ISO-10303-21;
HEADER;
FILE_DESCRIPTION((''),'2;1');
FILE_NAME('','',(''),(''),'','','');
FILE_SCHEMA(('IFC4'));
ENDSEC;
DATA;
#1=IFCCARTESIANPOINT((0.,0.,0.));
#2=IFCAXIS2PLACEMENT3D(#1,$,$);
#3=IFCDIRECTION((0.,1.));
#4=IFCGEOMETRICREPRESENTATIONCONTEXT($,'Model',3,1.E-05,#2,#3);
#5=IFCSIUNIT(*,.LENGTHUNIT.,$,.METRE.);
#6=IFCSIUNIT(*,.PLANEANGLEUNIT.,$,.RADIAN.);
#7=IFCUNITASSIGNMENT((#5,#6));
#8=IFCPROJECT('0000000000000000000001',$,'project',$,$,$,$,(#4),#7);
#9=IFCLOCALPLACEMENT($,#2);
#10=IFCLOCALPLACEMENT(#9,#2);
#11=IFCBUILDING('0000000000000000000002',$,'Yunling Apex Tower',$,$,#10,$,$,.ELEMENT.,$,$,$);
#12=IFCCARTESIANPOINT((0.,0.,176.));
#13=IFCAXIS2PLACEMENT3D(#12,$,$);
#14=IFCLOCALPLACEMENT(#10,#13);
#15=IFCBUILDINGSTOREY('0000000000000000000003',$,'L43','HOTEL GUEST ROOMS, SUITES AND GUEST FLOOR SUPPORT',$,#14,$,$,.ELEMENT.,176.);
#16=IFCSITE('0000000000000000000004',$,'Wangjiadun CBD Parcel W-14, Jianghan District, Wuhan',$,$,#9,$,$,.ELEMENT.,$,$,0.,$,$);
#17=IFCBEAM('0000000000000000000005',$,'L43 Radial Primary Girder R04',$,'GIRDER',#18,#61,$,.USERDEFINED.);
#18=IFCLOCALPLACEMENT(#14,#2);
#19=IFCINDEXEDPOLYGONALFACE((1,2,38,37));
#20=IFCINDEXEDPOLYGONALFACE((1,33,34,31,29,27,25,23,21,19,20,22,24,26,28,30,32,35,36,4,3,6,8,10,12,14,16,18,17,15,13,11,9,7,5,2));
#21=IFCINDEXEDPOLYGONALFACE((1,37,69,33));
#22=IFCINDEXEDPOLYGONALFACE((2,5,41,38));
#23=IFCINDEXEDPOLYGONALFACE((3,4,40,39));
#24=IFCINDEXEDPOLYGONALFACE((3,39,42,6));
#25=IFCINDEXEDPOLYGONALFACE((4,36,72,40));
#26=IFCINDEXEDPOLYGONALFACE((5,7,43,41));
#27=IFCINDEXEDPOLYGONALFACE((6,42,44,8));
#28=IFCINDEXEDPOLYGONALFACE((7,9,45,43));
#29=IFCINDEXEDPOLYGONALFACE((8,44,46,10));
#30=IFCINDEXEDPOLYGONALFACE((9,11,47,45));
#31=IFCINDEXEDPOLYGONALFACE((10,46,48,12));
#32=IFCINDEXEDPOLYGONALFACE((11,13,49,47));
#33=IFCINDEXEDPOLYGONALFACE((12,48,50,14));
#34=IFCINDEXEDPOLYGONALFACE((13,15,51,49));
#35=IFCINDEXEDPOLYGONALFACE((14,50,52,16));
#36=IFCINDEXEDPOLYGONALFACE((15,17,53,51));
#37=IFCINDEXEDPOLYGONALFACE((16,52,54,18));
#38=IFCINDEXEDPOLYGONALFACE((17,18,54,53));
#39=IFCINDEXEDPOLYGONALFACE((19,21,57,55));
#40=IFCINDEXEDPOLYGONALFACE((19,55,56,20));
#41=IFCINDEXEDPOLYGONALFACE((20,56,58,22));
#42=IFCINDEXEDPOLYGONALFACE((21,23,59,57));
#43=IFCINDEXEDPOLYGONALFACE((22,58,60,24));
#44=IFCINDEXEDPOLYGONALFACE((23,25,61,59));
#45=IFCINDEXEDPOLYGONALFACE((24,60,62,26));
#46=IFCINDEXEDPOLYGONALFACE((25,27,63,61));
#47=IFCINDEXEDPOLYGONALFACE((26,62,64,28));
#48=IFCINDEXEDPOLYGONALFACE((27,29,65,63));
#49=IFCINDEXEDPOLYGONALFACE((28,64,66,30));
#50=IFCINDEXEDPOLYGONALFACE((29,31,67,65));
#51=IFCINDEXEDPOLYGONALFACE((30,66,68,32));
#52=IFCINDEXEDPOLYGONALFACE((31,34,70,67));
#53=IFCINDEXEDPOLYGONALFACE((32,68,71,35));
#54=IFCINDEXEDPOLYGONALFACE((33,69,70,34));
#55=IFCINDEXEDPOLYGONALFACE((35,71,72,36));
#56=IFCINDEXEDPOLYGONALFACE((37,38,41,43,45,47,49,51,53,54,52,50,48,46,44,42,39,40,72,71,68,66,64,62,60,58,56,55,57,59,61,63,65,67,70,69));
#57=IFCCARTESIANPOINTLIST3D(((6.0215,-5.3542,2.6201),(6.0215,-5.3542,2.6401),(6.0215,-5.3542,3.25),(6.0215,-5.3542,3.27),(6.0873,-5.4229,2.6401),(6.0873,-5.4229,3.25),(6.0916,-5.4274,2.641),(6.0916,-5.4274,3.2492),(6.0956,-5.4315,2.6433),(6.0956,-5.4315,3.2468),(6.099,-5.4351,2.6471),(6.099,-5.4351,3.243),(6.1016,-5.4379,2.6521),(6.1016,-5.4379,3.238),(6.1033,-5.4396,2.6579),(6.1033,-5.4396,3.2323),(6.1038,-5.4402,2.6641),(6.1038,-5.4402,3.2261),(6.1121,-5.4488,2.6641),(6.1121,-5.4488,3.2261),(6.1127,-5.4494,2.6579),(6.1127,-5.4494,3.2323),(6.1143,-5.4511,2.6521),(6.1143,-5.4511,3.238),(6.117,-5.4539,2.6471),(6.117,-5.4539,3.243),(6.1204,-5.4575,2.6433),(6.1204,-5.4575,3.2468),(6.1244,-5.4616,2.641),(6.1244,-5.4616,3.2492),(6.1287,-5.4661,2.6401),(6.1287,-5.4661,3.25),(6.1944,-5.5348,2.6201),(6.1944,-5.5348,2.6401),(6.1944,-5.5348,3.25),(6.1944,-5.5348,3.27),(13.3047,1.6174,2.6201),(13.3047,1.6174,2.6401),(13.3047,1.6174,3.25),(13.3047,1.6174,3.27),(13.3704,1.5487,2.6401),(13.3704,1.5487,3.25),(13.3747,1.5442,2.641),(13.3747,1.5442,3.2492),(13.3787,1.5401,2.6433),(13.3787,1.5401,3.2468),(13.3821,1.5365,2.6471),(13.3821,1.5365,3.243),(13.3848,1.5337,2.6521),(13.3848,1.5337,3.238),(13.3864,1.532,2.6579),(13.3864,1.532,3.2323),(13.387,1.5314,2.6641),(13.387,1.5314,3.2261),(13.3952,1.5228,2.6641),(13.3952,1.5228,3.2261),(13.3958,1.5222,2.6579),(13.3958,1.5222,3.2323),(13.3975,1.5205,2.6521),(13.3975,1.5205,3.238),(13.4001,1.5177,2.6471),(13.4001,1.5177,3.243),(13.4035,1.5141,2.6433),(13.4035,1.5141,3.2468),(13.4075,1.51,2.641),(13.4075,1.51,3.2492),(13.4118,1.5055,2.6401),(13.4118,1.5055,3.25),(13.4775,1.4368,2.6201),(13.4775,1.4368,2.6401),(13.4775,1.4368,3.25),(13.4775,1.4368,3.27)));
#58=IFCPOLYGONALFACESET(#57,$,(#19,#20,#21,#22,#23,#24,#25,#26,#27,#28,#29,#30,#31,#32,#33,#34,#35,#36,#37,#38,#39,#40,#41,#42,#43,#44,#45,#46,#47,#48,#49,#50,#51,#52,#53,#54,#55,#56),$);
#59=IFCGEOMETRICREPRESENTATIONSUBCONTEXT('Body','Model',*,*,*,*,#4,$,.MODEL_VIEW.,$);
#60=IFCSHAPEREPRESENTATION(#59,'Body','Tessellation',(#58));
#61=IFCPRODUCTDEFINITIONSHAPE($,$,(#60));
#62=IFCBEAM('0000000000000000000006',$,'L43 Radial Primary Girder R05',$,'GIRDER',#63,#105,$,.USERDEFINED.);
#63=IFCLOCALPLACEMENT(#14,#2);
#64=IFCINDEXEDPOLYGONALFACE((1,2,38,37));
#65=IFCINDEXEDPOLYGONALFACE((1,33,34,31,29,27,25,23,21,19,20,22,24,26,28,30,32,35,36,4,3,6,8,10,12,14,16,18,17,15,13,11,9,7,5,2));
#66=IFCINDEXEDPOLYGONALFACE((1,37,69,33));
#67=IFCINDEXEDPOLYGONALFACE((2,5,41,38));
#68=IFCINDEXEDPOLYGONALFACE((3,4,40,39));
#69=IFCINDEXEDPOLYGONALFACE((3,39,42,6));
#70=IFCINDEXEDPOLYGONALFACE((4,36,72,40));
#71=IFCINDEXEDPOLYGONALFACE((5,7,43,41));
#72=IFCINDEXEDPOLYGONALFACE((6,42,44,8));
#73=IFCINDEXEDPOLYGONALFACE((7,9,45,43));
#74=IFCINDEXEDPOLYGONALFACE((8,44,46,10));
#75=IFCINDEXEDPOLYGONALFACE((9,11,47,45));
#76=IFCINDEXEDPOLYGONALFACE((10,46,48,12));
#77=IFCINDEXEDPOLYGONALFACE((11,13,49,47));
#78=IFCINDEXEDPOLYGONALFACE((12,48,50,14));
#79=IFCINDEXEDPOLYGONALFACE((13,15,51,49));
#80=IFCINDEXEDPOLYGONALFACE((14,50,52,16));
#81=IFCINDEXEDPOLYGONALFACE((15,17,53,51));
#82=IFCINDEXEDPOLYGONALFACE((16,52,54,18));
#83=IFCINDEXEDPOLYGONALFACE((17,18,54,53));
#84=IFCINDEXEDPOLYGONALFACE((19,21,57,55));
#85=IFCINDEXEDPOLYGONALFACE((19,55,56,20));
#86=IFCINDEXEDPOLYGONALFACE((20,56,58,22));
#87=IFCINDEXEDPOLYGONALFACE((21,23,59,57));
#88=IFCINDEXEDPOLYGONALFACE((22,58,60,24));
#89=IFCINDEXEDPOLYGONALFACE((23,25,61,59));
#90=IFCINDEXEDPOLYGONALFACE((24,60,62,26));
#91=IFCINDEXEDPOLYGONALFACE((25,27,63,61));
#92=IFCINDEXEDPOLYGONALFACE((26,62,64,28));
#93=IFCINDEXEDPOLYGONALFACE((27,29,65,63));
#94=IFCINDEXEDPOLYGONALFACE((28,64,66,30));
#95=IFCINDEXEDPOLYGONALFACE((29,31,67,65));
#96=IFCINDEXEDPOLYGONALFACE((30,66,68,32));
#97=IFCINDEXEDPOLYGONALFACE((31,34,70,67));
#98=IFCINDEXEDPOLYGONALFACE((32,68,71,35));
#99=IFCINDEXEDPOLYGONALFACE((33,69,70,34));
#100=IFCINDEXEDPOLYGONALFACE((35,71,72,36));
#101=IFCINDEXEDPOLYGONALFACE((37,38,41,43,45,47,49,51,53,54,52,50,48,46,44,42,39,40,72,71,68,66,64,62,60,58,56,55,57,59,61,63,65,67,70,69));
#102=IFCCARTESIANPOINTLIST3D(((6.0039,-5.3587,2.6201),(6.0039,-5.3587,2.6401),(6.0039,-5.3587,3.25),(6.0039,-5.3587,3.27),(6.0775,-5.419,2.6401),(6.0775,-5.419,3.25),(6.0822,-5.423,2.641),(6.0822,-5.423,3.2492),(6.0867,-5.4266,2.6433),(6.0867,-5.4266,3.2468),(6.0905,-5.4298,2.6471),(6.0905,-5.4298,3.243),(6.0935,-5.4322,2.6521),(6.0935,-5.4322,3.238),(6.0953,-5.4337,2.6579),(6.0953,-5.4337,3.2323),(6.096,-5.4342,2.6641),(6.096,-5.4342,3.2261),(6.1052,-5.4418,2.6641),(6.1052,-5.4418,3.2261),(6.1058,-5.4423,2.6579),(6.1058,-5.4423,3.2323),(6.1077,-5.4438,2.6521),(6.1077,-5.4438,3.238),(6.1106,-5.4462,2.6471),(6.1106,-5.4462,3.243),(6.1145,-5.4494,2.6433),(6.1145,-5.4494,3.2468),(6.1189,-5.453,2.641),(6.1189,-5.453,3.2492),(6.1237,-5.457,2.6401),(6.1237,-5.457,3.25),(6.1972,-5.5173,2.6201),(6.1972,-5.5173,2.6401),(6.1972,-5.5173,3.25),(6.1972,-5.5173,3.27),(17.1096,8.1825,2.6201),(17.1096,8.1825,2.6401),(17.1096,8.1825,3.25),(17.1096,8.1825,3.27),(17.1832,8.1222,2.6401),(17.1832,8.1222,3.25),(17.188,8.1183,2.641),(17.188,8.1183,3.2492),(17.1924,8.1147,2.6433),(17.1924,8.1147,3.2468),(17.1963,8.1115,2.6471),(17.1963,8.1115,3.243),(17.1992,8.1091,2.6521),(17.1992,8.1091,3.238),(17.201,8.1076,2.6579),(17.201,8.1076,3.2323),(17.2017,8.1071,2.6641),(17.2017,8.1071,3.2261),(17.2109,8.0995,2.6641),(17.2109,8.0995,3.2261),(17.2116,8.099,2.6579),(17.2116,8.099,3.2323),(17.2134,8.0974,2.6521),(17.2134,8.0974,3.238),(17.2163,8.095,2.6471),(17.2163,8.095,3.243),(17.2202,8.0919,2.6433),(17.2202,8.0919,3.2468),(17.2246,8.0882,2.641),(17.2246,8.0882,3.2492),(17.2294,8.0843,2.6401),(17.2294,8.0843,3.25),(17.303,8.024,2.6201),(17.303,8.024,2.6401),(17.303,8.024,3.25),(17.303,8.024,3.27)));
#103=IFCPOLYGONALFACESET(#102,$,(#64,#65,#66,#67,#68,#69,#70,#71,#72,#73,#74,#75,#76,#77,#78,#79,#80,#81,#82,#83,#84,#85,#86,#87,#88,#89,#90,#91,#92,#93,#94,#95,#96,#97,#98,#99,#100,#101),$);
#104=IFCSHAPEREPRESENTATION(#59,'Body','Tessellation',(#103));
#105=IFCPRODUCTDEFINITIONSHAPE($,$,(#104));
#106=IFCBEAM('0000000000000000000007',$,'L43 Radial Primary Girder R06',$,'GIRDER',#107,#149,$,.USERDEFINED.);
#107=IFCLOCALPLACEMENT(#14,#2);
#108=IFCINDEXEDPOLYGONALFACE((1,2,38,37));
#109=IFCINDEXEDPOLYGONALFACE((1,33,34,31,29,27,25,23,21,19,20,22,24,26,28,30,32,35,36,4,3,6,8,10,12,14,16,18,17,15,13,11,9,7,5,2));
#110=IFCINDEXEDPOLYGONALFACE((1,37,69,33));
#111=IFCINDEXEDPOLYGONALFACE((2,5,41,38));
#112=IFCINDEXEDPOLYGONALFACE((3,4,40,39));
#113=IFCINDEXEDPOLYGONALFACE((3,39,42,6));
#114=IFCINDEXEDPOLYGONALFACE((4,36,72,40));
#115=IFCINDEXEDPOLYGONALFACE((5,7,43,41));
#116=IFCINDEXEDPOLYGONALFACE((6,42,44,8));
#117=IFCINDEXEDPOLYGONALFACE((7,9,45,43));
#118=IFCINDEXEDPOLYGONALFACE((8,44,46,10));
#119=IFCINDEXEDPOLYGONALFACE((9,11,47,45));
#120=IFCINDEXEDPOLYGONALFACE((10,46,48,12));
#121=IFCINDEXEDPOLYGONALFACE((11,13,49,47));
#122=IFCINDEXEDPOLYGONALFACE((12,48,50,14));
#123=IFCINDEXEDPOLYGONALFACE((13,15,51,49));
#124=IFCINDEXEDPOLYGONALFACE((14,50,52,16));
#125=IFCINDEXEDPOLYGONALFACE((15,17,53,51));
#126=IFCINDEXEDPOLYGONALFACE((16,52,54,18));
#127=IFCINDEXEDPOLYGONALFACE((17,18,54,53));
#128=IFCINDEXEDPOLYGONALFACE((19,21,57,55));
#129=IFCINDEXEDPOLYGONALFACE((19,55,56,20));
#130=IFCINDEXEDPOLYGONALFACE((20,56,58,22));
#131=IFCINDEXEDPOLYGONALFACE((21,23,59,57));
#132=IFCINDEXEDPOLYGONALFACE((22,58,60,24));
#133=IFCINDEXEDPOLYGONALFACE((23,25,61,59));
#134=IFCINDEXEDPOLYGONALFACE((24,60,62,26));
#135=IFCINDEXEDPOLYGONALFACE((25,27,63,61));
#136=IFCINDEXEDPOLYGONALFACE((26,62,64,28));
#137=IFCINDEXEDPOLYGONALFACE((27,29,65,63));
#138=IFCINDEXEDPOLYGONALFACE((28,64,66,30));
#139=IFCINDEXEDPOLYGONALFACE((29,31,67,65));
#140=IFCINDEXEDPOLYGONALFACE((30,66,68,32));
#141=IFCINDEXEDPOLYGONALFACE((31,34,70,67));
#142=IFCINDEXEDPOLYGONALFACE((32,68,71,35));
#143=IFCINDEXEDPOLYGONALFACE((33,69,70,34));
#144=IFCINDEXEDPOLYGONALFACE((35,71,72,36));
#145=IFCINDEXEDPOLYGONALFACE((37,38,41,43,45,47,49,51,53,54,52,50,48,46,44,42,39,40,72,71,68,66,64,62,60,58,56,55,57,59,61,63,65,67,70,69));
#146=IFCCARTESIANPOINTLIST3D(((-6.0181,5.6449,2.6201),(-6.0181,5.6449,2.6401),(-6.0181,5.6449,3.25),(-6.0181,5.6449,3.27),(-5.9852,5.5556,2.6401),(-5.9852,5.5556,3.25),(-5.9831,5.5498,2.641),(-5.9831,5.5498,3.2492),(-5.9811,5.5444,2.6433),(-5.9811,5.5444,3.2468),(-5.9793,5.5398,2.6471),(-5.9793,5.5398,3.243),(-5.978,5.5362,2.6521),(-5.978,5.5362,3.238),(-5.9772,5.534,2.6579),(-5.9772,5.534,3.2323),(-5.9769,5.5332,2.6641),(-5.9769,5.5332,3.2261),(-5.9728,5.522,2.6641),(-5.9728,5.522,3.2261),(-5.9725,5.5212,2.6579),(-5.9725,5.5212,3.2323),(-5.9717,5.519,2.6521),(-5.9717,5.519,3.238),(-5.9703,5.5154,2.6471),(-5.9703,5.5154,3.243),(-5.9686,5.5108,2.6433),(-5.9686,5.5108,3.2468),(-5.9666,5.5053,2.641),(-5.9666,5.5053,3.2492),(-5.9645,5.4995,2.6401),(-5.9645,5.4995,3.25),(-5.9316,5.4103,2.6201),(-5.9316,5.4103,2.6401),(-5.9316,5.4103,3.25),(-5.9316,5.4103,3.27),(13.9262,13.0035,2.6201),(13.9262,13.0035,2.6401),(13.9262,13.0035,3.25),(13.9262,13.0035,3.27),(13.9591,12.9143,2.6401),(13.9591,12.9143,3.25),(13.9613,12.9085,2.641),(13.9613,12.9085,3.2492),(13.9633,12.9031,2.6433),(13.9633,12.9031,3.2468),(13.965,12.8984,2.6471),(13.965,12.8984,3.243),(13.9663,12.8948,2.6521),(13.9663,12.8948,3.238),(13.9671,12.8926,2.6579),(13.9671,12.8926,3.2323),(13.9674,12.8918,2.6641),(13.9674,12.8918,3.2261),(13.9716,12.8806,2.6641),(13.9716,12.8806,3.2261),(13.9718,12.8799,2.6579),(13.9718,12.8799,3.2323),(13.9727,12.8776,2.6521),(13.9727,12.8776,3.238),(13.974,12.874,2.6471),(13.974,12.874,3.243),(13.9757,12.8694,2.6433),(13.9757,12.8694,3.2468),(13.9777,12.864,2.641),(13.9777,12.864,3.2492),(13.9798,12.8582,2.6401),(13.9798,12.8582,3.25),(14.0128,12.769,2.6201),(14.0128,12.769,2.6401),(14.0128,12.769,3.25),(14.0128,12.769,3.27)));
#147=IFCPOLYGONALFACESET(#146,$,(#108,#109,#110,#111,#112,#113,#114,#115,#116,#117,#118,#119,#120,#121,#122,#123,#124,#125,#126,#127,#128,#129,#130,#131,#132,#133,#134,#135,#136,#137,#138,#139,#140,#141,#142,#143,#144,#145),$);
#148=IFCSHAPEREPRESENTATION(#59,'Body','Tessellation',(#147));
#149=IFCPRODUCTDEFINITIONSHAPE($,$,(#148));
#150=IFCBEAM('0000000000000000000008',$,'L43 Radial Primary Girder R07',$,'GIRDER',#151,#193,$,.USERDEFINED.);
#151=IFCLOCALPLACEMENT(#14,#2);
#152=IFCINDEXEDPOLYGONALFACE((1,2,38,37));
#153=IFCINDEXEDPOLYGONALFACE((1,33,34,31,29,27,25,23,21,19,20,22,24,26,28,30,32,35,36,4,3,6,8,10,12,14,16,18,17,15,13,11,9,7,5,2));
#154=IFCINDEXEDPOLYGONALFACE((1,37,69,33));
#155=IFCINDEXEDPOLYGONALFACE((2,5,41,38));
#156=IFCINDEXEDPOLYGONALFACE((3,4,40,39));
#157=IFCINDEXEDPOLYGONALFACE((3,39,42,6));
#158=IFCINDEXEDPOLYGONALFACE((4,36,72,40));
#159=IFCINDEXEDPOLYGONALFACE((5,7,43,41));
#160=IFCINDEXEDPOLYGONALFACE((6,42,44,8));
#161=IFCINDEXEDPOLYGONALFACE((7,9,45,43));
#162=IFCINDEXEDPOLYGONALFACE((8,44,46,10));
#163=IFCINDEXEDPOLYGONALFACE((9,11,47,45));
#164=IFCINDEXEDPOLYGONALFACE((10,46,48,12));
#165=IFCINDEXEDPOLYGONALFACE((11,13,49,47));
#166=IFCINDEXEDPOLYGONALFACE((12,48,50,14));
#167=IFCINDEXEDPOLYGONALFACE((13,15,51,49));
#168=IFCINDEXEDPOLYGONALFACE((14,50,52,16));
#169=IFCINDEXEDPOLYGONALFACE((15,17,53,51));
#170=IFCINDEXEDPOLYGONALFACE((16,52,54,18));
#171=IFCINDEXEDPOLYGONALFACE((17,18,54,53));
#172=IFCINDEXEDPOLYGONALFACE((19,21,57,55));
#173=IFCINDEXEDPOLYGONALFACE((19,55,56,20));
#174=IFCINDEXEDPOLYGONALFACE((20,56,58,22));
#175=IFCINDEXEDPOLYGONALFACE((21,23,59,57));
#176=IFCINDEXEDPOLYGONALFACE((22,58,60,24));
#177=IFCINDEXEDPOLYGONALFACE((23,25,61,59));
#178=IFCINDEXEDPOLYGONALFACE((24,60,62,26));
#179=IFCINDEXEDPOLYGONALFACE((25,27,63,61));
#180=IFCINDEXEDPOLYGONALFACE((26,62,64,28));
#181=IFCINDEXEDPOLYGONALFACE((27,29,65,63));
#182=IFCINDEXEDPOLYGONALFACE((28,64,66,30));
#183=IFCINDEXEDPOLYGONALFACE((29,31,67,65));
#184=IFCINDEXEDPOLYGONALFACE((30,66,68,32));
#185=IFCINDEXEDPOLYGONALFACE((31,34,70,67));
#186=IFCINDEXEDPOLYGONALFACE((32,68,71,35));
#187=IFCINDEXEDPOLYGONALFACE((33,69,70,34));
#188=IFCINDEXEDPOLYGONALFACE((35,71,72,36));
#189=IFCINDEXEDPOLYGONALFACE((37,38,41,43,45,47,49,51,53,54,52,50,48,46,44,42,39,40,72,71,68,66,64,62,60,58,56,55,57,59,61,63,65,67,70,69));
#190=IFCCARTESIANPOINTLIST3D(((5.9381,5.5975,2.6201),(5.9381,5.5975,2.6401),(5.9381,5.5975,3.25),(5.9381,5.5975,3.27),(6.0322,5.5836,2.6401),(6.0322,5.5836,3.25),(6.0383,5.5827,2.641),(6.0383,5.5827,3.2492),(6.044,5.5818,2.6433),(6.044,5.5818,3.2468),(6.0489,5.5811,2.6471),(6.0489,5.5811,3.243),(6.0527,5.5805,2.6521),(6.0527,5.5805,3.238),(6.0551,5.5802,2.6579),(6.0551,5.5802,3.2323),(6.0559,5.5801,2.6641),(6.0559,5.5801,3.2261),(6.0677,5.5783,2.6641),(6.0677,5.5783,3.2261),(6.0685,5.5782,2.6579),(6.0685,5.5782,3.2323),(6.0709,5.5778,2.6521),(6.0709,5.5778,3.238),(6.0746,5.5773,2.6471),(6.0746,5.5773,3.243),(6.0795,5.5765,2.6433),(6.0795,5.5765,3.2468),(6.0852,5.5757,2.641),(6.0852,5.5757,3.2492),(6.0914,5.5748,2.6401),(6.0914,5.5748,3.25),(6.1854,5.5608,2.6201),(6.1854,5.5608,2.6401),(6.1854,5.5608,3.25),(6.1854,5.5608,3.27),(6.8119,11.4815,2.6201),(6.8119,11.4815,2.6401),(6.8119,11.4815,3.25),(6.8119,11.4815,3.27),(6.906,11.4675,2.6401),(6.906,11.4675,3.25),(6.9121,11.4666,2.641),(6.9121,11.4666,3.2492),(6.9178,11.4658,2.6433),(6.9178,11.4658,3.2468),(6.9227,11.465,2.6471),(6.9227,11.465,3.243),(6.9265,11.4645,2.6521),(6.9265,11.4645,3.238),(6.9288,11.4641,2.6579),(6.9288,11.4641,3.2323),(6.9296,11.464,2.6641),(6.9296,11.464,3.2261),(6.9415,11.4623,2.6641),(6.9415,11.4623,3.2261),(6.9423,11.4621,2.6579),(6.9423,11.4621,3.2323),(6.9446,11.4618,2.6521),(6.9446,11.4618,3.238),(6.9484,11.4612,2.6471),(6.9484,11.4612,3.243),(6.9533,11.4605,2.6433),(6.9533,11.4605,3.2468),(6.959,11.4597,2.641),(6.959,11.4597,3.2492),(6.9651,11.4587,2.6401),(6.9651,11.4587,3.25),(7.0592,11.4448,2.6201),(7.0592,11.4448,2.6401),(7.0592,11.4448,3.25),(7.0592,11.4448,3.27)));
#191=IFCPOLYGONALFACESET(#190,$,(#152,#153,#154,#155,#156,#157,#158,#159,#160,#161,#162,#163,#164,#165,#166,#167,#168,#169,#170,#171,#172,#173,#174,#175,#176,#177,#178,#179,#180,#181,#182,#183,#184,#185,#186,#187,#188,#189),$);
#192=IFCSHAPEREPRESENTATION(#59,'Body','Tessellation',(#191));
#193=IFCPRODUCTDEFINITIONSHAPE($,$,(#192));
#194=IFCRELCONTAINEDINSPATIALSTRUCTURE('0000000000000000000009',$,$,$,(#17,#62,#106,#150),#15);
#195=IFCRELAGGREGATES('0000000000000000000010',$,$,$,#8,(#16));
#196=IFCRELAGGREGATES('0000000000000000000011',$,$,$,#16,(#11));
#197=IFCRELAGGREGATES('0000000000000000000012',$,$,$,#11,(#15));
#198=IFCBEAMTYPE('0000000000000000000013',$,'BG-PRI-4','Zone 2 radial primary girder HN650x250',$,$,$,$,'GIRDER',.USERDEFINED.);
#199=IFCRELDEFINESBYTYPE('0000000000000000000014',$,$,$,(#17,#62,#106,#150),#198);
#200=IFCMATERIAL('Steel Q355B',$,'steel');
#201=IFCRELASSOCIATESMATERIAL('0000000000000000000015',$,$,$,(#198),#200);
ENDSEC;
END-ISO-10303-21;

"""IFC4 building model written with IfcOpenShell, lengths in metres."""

from ifc_helpers import new_model, si_unit, direction, frame, origin, origin_2d, place, context, subcontext, project, spatial, i_section, extrude, source, transform, mapped, material, material_profile, profile_set, type_object, element, save


model = new_model("IFC4")

# Units and contexts
model_context = context("Model", 3, precision=1e-05, world=origin(), true_north=direction((0.0, 1.0)))
body_context = subcontext(model_context, "Body", "Model", "MODEL_VIEW")
ifc_project = project(units=[si_unit("LENGTHUNIT", "METRE"), si_unit("PLANEANGLEUNIT", "RADIAN")], contexts=[model_context])

# Site, building, storey
site_placement = place(None, origin())
site = spatial("IfcSite", under=ifc_project, at=site_placement, Name="Wangjiadun CBD Parcel W-14, Jianghan District, Wuhan", CompositionType="ELEMENT", RefElevation=0.0)
building_placement = place(site_placement, origin())
building = spatial("IfcBuilding", under=site, at=building_placement, Name="Yunling Apex Tower", CompositionType="ELEMENT")
storey_placement = place(building_placement, frame((0.0, 0.0, 176.0)))
storey = spatial("IfcBuildingStorey", under=building, at=storey_placement, Name="L43", Description="HOTEL GUEST ROOMS, SUITES AND GUEST FLOOR SUPPORT", CompositionType="ELEMENT", Elevation=176.0)

# Beams
ifc_material_1 = material(Name="Steel Q355B", Category="steel")
ifc_material_profile_1 = material_profile(ifc_material_1, i_section(OverallWidth=0.25, OverallDepth=0.6499, WebThickness=0.012, FlangeThickness=0.02, FilletRadius=0.0239, at=origin_2d()))
ifc_profile_set_1 = profile_set([ifc_material_profile_1], Name="Steel Q355B")
beam_type_1 = type_object("IfcBeamType", Name="BG-PRI-4", Description="Zone 2 radial primary girder HN650x250", ElementType="GIRDER", PredefinedType="USERDEFINED", material=ifc_profile_set_1)
shared_shape_1 = source(origin(), body_context, "Body", "SweptSolid", [
    extrude(i_section(OverallWidth=0.25, OverallDepth=0.6499, WebThickness=0.012, FlangeThickness=0.02, FilletRadius=0.0239, at=origin_2d()), origin(), (0.0, 0.0, 1.0), 10.082),
])
beam_1_placement = place(storey_placement, frame((13.3911, 1.5271, 2.9451), z_axis=(-0.722387, -0.691489, 0.0), x_axis=(0.691489, -0.722387, 0.0)))
element("IfcBeam", 1, at=beam_1_placement, inside=storey, type_object=beam_type_1, Name="L43 Radial Primary Girder R04", ObjectType="GIRDER", PredefinedType="USERDEFINED", context=body_context, shape_type="MappedRepresentation", body=[
    mapped(shared_shape_1, transform((0.0, 0.0, 0.0), scale=1.0)),
])
shared_shape_2 = source(origin(), body_context, "Body", "SweptSolid", [
    extrude(i_section(OverallWidth=0.25, OverallDepth=0.6499, WebThickness=0.012, FlangeThickness=0.02, FilletRadius=0.0239, at=origin_2d()), origin(), (0.0, 0.0, 1.0), 17.5129),
])
beam_2_placement = place(storey_placement, frame((17.2063, 8.1033, 2.9451), z_axis=(-0.634144, -0.773215, 0.0), x_axis=(0.773215, -0.634144, 0.0)))
element("IfcBeam", 2, at=beam_2_placement, inside=storey, type_object=beam_type_1, Name="L43 Radial Primary Girder R05", ObjectType="GIRDER", PredefinedType="USERDEFINED", context=body_context, shape_type="MappedRepresentation", body=[
    mapped(shared_shape_2, transform((0.0, 0.0, 0.0), scale=1.0)),
])
shared_shape_3 = source(origin(), body_context, "Body", "SweptSolid", [
    extrude(i_section(OverallWidth=0.25, OverallDepth=0.6499, WebThickness=0.012, FlangeThickness=0.02, FilletRadius=0.0239, at=origin_2d()), origin(), (0.0, 0.0, 1.0), 21.2585),
])
beam_3_placement = place(storey_placement, frame((13.9695, 12.8862, 2.9451), z_axis=(-0.938179, -0.34615, 0.0), x_axis=(0.34615, -0.938179, 0.0)))
element("IfcBeam", 3, at=beam_3_placement, inside=storey, type_object=beam_type_1, Name="L43 Radial Primary Girder R06", ObjectType="GIRDER", PredefinedType="USERDEFINED", context=body_context, shape_type="MappedRepresentation", body=[
    mapped(shared_shape_3, transform((0.0, 0.0, 0.0), scale=1.0)),
])
shared_shape_4 = source(origin(), body_context, "Body", "SweptSolid", [
    extrude(i_section(OverallWidth=0.25, OverallDepth=0.6499, WebThickness=0.012, FlangeThickness=0.02, FilletRadius=0.0239, at=origin_2d()), origin(), (0.0, 0.0, 1.0), 5.9485),
])
beam_4_placement = place(storey_placement, frame((6.9355, 11.4631, 2.9451), z_axis=(-0.146889, -0.989153, 0.0), x_axis=(0.989153, -0.146889, 0.0)))
element("IfcBeam", 4, at=beam_4_placement, inside=storey, type_object=beam_type_1, Name="L43 Radial Primary Girder R07", ObjectType="GIRDER", PredefinedType="USERDEFINED", context=body_context, shape_type="MappedRepresentation", body=[
    mapped(shared_shape_4, transform((0.0, 0.0, 0.0), scale=1.0)),
])

save(model, "model.ifc")
